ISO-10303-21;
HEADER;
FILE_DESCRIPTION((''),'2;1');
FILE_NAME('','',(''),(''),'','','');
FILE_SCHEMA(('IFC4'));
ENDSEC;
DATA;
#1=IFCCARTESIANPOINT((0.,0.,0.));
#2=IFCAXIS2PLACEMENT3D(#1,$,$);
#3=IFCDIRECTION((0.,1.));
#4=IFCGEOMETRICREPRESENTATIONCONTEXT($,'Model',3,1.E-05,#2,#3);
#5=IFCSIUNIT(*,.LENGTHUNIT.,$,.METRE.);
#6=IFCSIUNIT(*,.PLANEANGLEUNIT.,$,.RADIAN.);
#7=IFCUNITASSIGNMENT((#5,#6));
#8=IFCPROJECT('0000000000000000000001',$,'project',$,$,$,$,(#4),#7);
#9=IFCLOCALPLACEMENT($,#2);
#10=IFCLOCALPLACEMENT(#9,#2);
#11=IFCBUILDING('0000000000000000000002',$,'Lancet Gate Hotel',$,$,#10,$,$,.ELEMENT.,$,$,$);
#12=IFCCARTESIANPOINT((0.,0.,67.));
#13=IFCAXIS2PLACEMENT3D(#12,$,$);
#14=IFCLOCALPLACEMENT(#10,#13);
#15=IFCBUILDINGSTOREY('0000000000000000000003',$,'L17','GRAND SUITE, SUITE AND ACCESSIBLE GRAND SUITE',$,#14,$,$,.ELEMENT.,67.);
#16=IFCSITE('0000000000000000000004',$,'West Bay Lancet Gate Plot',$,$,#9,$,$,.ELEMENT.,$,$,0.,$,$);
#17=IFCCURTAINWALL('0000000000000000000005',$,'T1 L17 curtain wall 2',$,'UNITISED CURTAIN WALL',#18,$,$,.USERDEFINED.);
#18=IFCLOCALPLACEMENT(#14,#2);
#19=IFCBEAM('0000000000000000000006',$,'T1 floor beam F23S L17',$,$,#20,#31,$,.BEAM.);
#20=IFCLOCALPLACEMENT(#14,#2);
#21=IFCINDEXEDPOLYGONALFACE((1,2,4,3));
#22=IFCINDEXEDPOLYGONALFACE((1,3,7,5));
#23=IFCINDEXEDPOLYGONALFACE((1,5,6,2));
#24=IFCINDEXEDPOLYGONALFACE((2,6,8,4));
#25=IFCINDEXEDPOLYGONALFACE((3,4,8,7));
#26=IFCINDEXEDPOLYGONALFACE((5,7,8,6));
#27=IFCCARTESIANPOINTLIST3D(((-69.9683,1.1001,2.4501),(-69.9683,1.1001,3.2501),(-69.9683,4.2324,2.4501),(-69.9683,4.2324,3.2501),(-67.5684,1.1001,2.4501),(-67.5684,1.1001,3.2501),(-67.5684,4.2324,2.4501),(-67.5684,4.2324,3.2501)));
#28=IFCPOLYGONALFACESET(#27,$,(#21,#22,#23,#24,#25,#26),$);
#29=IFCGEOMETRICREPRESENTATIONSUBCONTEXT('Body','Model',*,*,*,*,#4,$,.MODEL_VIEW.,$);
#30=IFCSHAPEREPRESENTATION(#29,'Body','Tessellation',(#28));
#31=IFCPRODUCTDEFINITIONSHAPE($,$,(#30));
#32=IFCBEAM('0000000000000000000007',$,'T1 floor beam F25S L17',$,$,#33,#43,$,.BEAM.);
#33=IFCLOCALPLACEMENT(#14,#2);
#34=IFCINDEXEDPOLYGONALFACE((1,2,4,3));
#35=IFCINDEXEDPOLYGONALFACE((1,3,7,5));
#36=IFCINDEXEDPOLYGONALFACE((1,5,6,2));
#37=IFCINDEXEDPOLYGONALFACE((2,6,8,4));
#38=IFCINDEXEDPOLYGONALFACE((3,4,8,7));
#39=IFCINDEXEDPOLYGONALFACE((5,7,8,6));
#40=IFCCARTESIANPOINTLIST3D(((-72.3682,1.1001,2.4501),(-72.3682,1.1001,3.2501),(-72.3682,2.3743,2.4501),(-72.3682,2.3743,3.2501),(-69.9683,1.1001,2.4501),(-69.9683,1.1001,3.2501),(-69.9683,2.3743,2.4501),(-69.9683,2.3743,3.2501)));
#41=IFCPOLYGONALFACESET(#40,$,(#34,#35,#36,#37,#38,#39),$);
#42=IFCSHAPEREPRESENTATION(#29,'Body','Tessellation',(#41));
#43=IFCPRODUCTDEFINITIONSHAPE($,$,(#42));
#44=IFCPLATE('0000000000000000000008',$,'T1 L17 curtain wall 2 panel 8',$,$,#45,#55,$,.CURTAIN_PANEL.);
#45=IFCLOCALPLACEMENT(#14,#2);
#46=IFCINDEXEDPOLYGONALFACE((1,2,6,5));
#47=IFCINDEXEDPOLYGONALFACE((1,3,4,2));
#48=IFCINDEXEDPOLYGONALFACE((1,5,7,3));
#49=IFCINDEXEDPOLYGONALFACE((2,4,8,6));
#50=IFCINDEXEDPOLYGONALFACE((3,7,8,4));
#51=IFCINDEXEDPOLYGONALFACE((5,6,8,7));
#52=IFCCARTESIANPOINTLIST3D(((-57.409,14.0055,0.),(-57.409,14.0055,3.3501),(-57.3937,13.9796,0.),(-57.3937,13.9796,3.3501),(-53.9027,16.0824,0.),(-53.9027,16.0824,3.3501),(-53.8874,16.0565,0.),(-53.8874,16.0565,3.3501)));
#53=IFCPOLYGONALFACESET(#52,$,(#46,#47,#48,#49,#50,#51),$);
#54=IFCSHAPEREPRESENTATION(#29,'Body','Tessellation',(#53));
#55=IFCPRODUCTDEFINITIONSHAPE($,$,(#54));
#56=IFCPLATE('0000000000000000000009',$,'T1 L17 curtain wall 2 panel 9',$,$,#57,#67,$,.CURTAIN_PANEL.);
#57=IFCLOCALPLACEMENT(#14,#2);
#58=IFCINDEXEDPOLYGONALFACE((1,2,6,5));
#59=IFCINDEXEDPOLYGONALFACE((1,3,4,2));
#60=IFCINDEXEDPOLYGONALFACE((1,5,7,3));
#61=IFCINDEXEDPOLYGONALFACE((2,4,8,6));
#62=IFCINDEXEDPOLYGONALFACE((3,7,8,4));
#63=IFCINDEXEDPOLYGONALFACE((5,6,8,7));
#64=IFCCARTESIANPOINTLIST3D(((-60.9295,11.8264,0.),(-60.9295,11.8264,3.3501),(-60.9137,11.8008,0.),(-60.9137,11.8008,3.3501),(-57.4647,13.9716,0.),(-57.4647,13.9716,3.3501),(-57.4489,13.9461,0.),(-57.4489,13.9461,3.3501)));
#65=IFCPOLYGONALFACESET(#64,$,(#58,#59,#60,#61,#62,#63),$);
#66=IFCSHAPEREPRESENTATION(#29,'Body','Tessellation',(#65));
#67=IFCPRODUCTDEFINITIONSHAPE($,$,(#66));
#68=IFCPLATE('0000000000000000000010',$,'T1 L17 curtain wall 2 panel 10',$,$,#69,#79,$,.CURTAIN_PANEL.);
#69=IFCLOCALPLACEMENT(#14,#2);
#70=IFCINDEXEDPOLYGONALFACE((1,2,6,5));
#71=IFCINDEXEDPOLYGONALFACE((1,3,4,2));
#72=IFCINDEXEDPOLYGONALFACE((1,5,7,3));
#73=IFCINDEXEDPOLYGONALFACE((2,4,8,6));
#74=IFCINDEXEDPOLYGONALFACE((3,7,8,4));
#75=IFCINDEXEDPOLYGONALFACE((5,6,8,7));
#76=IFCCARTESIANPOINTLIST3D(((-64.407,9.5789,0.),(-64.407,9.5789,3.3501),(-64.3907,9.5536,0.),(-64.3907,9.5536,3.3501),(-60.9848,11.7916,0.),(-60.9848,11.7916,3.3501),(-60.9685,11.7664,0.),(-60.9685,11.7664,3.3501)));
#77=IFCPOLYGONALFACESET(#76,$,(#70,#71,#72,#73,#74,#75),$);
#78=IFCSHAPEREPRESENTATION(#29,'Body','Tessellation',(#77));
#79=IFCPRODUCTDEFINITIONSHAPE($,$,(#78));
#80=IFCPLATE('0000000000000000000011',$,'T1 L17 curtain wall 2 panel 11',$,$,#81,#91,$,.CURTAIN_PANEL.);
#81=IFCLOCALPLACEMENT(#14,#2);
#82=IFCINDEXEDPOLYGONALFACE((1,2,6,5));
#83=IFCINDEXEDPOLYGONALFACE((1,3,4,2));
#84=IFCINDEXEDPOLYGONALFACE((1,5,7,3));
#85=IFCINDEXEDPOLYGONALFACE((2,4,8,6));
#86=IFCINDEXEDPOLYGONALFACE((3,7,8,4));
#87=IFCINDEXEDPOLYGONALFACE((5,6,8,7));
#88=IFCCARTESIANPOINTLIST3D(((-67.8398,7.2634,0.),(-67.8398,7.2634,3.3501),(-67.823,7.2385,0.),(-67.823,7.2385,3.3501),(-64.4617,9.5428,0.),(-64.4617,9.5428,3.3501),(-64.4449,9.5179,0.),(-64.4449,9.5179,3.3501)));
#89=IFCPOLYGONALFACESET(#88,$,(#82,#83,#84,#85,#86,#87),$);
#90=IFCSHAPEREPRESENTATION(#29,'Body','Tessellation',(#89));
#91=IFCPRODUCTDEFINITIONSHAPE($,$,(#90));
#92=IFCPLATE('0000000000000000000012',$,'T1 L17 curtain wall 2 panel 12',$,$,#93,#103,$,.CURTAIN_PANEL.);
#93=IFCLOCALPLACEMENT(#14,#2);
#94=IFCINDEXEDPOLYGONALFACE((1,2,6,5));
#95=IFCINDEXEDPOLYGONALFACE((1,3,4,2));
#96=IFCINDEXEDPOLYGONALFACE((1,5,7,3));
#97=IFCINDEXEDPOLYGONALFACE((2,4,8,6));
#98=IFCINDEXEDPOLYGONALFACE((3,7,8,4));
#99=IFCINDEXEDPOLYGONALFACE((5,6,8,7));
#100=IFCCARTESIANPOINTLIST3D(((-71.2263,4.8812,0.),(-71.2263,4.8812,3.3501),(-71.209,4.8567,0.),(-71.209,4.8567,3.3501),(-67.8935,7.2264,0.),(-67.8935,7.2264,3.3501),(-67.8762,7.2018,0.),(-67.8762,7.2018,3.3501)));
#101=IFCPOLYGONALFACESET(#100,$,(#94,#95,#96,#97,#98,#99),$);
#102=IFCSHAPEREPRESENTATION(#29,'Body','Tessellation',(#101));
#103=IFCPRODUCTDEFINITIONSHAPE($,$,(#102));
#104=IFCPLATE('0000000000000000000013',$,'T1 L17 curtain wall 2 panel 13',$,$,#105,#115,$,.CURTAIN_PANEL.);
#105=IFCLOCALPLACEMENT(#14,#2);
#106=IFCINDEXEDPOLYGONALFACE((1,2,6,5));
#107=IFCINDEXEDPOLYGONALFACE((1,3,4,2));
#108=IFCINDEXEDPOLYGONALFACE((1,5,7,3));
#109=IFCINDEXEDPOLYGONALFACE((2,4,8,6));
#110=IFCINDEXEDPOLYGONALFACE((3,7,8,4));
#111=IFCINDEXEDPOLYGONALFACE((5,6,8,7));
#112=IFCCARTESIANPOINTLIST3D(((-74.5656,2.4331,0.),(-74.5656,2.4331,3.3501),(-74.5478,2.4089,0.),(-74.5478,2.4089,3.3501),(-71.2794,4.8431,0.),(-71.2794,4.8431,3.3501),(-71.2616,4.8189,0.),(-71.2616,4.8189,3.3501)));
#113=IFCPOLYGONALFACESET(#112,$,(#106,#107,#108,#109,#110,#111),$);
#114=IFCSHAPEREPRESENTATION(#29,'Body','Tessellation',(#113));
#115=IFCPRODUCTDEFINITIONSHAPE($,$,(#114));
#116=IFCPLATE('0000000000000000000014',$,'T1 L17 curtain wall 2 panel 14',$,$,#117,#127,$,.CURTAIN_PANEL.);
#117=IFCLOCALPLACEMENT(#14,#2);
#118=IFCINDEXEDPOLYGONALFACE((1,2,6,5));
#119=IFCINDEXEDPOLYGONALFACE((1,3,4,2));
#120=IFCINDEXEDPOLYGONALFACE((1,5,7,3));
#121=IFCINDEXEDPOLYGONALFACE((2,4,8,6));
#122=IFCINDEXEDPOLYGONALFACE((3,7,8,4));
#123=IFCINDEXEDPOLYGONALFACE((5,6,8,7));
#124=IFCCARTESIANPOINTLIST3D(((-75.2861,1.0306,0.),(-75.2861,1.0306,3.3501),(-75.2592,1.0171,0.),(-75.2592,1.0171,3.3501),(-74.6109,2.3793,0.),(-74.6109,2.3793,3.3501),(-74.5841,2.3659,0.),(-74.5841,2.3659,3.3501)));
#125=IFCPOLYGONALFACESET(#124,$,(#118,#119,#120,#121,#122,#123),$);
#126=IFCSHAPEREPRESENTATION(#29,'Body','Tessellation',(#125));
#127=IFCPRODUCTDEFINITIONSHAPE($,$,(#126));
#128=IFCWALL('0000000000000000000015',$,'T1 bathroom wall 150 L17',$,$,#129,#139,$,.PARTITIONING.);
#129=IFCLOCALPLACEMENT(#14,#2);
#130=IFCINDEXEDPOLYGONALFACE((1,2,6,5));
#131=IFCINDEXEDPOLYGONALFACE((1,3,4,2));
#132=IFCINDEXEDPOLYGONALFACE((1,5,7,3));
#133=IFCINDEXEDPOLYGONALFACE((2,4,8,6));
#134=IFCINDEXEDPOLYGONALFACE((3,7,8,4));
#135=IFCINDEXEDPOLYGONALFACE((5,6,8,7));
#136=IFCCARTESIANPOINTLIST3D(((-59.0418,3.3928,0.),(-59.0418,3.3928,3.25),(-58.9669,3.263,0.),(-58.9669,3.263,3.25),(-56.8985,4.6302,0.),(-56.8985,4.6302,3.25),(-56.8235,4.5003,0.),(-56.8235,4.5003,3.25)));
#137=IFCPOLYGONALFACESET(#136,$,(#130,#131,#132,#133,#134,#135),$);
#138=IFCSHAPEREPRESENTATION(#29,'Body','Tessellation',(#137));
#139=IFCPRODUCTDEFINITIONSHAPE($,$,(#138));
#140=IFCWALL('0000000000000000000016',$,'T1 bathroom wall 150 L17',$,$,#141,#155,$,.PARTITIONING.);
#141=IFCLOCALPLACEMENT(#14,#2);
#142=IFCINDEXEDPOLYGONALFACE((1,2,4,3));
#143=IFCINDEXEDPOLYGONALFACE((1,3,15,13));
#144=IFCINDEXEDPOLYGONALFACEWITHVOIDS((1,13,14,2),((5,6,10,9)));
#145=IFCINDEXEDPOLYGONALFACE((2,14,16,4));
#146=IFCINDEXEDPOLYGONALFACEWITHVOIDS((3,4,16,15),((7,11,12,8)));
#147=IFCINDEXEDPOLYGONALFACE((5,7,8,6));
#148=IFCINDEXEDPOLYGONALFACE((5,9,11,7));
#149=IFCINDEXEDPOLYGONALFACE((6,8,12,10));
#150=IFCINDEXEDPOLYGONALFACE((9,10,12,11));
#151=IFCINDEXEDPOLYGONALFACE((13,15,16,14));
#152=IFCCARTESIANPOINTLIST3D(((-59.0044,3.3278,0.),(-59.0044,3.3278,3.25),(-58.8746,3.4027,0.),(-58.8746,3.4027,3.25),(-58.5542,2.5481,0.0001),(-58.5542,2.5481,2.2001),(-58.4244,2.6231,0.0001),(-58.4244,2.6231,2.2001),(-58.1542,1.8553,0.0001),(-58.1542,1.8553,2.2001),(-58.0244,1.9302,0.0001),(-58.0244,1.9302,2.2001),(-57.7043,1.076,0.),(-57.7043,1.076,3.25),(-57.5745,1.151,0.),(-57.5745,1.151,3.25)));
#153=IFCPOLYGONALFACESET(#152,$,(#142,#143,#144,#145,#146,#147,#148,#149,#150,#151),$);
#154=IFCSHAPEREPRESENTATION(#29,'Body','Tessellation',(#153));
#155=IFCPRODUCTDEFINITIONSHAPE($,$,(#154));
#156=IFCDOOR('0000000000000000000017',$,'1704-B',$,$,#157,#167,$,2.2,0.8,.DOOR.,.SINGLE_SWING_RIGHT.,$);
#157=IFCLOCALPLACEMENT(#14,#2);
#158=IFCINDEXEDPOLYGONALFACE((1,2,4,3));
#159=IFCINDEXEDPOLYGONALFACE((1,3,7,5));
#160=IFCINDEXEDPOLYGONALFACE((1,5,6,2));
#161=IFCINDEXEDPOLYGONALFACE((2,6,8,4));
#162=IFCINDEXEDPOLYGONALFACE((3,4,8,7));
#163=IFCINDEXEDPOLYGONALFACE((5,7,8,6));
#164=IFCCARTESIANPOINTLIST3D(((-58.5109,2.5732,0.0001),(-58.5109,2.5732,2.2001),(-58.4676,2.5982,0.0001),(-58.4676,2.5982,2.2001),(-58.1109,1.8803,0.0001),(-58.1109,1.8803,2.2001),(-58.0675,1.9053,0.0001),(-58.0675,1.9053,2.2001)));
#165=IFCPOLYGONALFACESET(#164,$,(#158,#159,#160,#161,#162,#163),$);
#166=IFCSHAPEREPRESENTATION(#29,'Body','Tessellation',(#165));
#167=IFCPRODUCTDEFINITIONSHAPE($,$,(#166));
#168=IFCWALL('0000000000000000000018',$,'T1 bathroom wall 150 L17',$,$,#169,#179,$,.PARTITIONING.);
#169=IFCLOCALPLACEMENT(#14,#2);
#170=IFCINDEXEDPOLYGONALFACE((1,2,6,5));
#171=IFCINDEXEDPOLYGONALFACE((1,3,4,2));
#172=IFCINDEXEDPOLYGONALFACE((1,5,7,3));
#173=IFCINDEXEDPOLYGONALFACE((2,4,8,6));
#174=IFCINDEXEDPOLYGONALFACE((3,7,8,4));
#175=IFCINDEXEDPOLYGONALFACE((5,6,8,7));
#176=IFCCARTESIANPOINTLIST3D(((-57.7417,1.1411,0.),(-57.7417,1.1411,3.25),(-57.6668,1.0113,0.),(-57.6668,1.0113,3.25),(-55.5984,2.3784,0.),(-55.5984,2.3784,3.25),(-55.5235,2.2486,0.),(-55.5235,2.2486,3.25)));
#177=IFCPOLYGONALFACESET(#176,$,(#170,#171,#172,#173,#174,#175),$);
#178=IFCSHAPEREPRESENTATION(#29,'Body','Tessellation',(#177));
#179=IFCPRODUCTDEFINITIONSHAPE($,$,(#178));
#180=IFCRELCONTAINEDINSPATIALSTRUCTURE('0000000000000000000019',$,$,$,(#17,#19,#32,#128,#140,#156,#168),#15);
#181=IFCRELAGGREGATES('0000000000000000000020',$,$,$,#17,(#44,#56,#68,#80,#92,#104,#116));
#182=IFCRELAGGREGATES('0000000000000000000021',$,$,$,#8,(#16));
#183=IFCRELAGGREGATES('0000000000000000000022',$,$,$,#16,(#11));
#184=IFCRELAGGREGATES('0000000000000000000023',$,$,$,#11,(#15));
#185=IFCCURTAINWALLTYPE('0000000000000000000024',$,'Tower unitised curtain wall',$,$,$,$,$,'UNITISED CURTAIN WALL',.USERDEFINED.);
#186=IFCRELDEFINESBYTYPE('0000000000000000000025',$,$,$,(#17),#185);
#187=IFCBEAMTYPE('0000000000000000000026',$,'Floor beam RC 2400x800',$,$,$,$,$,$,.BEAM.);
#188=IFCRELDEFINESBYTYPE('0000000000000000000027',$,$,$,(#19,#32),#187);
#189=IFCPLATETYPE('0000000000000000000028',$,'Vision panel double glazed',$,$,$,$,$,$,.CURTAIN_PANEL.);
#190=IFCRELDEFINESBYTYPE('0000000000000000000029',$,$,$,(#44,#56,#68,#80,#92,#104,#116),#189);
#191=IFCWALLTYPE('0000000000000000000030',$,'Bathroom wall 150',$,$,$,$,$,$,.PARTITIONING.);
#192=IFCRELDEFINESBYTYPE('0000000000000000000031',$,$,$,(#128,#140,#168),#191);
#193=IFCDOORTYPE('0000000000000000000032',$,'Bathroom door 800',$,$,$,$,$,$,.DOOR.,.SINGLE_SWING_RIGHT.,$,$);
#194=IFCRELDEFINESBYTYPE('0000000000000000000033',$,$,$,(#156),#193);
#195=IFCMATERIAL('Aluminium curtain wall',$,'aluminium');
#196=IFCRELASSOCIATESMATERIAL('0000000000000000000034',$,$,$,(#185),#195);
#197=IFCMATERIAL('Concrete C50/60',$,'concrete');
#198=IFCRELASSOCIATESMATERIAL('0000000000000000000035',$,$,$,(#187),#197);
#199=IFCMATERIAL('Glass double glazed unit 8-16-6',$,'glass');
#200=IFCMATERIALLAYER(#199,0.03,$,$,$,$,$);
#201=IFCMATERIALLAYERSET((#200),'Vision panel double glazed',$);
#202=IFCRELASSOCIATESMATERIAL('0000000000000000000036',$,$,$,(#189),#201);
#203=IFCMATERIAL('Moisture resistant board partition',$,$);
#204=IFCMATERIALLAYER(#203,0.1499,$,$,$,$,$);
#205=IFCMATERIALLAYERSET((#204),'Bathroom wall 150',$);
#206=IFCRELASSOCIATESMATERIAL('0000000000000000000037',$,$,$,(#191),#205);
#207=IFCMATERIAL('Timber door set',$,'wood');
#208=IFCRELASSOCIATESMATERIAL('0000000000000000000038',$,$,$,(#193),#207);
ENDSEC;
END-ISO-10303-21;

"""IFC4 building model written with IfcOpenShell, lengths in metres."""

from ifc_helpers import new_model, si_unit, direction, frame, frame_2d, origin, origin_2d, place, context, subcontext, project, spatial, rectangle, extrude, material, layer, layer_set, material_profile, profile_set, type_object, element, fill, aggregate, save


model = new_model("IFC4")

# Units and contexts
model_context = context("Model", 3, precision=1e-05, world=origin(), true_north=direction((0.0, 1.0)))
body_context = subcontext(model_context, "Body", "Model", "MODEL_VIEW")
ifc_project = project(units=[si_unit("LENGTHUNIT", "METRE"), si_unit("PLANEANGLEUNIT", "RADIAN")], contexts=[model_context])

# Site, building, storey
site_placement = place(None, origin())
site = spatial("IfcSite", under=ifc_project, at=site_placement, Name="West Bay Lancet Gate Plot", CompositionType="ELEMENT", RefElevation=0.0)
building_placement = place(site_placement, origin())
building = spatial("IfcBuilding", under=site, at=building_placement, Name="Lancet Gate Hotel", CompositionType="ELEMENT")
storey_placement = place(building_placement, frame((0.0, 0.0, 67.0)))
storey = spatial("IfcBuildingStorey", under=building, at=storey_placement, Name="L17", Description="GRAND SUITE, SUITE AND ACCESSIBLE GRAND SUITE", CompositionType="ELEMENT", Elevation=67.0)

# Curtain wall
ifc_material_1 = material(Name="Aluminium curtain wall", Category="aluminium")
curtain_wall_type = type_object("IfcCurtainWallType", Name="Tower unitised curtain wall", ElementType="UNITISED CURTAIN WALL", PredefinedType="USERDEFINED", material=ifc_material_1)
curtain_wall_placement = place(storey_placement, origin())
curtain_wall = element("IfcCurtainWall", 1, at=curtain_wall_placement, inside=storey, type_object=curtain_wall_type, Name="T1 L17 curtain wall 2", ObjectType="UNITISED CURTAIN WALL", PredefinedType="USERDEFINED")

# Beams
ifc_material_2 = material(Name="Concrete C50/60", Category="concrete")
ifc_material_profile_1 = material_profile(ifc_material_2, rectangle(XDim=2.3999, YDim=0.8, at=origin_2d()), Name="RC 2400x800")
ifc_profile_set_1 = profile_set([ifc_material_profile_1], Name="Concrete C50/60")
beam_type_1 = type_object("IfcBeamType", Name="Floor beam RC 2400x800", PredefinedType="BEAM", material=ifc_profile_set_1)
beam_1_placement = place(storey_placement, frame((-68.7683, 4.2324, 2.8501), z_axis=(0.0, -1.0, 0.0), x_axis=(1.0, 0.0, 0.0)))
element("IfcBeam", 2, at=beam_1_placement, inside=storey, type_object=beam_type_1, Name="T1 floor beam F23S L17", PredefinedType="BEAM", context=body_context, shape_type="SweptSolid", body=[
    extrude(rectangle(XDim=2.3999, YDim=0.8, at=origin_2d()), origin(), (0.0, 0.0, 1.0), 3.1323),
])
beam_2_placement = place(storey_placement, frame((-71.1682, 2.3743, 2.8501), z_axis=(0.0, -1.0, 0.0), x_axis=(1.0, 0.0, 0.0)))
element("IfcBeam", 3, at=beam_2_placement, inside=storey, type_object=beam_type_1, Name="T1 floor beam F25S L17", PredefinedType="BEAM", context=body_context, shape_type="SweptSolid", body=[
    extrude(rectangle(XDim=2.3999, YDim=0.8, at=origin_2d()), origin(), (0.0, 0.0, 1.0), 1.2742),
])

# Plates
ifc_material_3 = material(Name="Glass double glazed unit 8-16-6", Category="glass")
ifc_layer_1 = layer(ifc_material_3, 0.03)
ifc_layer_set_1 = layer_set([ifc_layer_1], Name="Vision panel double glazed")
plate_type = type_object("IfcPlateType", Name="Vision panel double glazed", PredefinedType="CURTAIN_PANEL", material=ifc_layer_set_1)
plate_1_placement = place(storey_placement, frame((-55.6482, 15.031, 0.0), z_axis=(0.0, 0.0, 1.0), x_axis=(-0.860382, -0.50965, 0.0)))
plate_1 = element("IfcPlate", 4, at=plate_1_placement, type_object=plate_type, Name="T1 L17 curtain wall 2 panel 8", PredefinedType="CURTAIN_PANEL", context=body_context, shape_type="SweptSolid", body=[
    extrude(rectangle(XDim=4.0752, YDim=0.03, at=origin_2d()), origin(), (0.0, 0.0, 1.0), 3.3501),
])
plate_2_placement = place(storey_placement, frame((-59.1892, 12.8862, 0.0), z_axis=(0.0, 0.0, 1.0), x_axis=(-0.850229, -0.526414, 0.0)))
plate_2 = element("IfcPlate", 5, at=plate_2_placement, type_object=plate_type, Name="T1 L17 curtain wall 2 panel 9", PredefinedType="CURTAIN_PANEL", context=body_context, shape_type="SweptSolid", body=[
    extrude(rectangle(XDim=4.0752, YDim=0.03, at=origin_2d()), origin(), (0.0, 0.0, 1.0), 3.3501),
])
plate_3_placement = place(storey_placement, frame((-62.6877, 10.6726, 0.0), z_axis=(0.0, 0.0, 1.0), x_axis=(-0.839749, -0.542975, 0.0)))
plate_3 = element("IfcPlate", 6, at=plate_3_placement, type_object=plate_type, Name="T1 L17 curtain wall 2 panel 10", PredefinedType="CURTAIN_PANEL", context=body_context, shape_type="SweptSolid", body=[
    extrude(rectangle(XDim=4.0752, YDim=0.03, at=origin_2d()), origin(), (0.0, 0.0, 1.0), 3.3501),
])
plate_4_placement = place(storey_placement, frame((-66.1423, 8.3906, 0.0), z_axis=(0.0, 0.0, 1.0), x_axis=(-0.828946, -0.559329, 0.0)))
plate_4 = element("IfcPlate", 7, at=plate_4_placement, type_object=plate_type, Name="T1 L17 curtain wall 2 panel 11", PredefinedType="CURTAIN_PANEL", context=body_context, shape_type="SweptSolid", body=[
    extrude(rectangle(XDim=4.0752, YDim=0.03, at=origin_2d()), origin(), (0.0, 0.0, 1.0), 3.3501),
])
plate_5_placement = place(storey_placement, frame((-69.5513, 6.0415, 0.0), z_axis=(0.0, 0.0, 1.0), x_axis=(-0.817825, -0.575467, 0.0)))
plate_5 = element("IfcPlate", 8, at=plate_5_placement, type_object=plate_type, Name="T1 L17 curtain wall 2 panel 12", PredefinedType="CURTAIN_PANEL", context=body_context, shape_type="SweptSolid", body=[
    extrude(rectangle(XDim=4.0752, YDim=0.03, at=origin_2d()), origin(), (0.0, 0.0, 1.0), 3.3501),
])
plate_6_placement = place(storey_placement, frame((-72.9136, 3.626, 0.0), z_axis=(0.0, 0.0, 1.0), x_axis=(-0.80639, -0.591384, 0.0)))
plate_6 = element("IfcPlate", 9, at=plate_6_placement, type_object=plate_type, Name="T1 L17 curtain wall 2 panel 13", PredefinedType="CURTAIN_PANEL", context=body_context, shape_type="SweptSolid", body=[
    extrude(rectangle(XDim=4.0752, YDim=0.03, at=origin_2d()), origin(), (0.0, 0.0, 1.0), 3.3501),
])
plate_7_placement = place(storey_placement, frame((-74.9351, 1.6982, 0.0), z_axis=(0.0, 0.0, 1.0), x_axis=(-0.447628, -0.89422, 0.0)))
plate_7 = element("IfcPlate", 10, at=plate_7_placement, type_object=plate_type, Name="T1 L17 curtain wall 2 panel 14", PredefinedType="CURTAIN_PANEL", context=body_context, shape_type="SweptSolid", body=[
    extrude(rectangle(XDim=1.5083, YDim=0.03, at=origin_2d()), origin(), (0.0, 0.0, 1.0), 3.3501),
])
aggregate(curtain_wall, [plate_1, plate_2, plate_3, plate_4, plate_5, plate_6, plate_7])

# Wall
ifc_material_4 = material(Name="Moisture resistant board partition")
ifc_layer_2 = layer(ifc_material_4, 0.1499)
ifc_layer_set_2 = layer_set([ifc_layer_2], Name="Bathroom wall 150")
wall_type_1 = type_object("IfcWallType", Name="Bathroom wall 150", PredefinedType="PARTITIONING", material=ifc_layer_set_2)
wall_1_placement = place(storey_placement, frame((-56.8611, 4.5652, 0.0), z_axis=(0.0, 0.0, 1.0), x_axis=(-0.866049, -0.499959, 0.0)))
element("IfcWall", 11, at=wall_1_placement, inside=storey, type_object=wall_type_1, Name="T1 bathroom wall 150 L17", PredefinedType="PARTITIONING", context=body_context, shape_type="SweptSolid", body=[
    extrude(rectangle(XDim=2.4749, YDim=0.1499, at=frame_2d((1.2373, 0.0))), origin(), (0.0, 0.0, 1.0), 3.25),
])

# Wall, opening, door
wall_2_placement = place(storey_placement, frame((-57.6394, 1.1135, 0.0), z_axis=(0.0, 0.0, 1.0), x_axis=(-0.500007, 0.866021, 0.0)))
wall_2 = element("IfcWall", 12, at=wall_2_placement, inside=storey, type_object=wall_type_1, Name="T1 bathroom wall 150 L17", PredefinedType="PARTITIONING", context=body_context, shape_type="SweptSolid", body=[
    extrude(rectangle(XDim=2.6001, YDim=0.1499, at=frame_2d((1.3, 0.0))), origin(), (0.0, 0.0, 1.0), 3.25),
])
opening_placement = place(wall_2_placement, frame((0.8999, 0.0, 0.0)))
opening = element("IfcOpeningElement", 13, at=opening_placement, cuts=wall_2, PredefinedType="OPENING", context=body_context, shape_type="SweptSolid", body=[
    extrude(rectangle(XDim=0.8, YDim=2.2, at=frame_2d((0.3999, 1.1001))), frame((0.0, 0.085, 0.0), z_axis=(0.0, -1.0, 0.0), x_axis=(1.0, 0.0, 0.0)), (0.0, 0.0, 1.0), 0.1699),
])
ifc_material_5 = material(Name="Timber door set", Category="wood")
door_type = type_object("IfcDoorType", Name="Bathroom door 800", OperationType="SINGLE_SWING_RIGHT", PredefinedType="DOOR", material=ifc_material_5)
door_placement = place(opening_placement, origin())
door = element("IfcDoor", 14, at=door_placement, inside=storey, type_object=door_type, Name="1704-B", OperationType="SINGLE_SWING_RIGHT", OverallHeight=2.2, OverallWidth=0.8, PredefinedType="DOOR", context=body_context, shape_type="SweptSolid", body=[
    extrude(rectangle(XDim=0.8, YDim=2.2, at=frame_2d((0.3999, 1.1001))), frame((0.0, 0.0249, 0.0), z_axis=(0.0, -1.0, 0.0), x_axis=(1.0, 0.0, 0.0)), (0.0, 0.0, 1.0), 0.05),
])
fill(opening, door)

# Wall
wall_3_placement = place(storey_placement, frame((-55.561, 2.3135, 0.0), z_axis=(0.0, 0.0, 1.0), x_axis=(-0.866049, -0.499959, 0.0)))
element("IfcWall", 15, at=wall_3_placement, inside=storey, type_object=wall_type_1, Name="T1 bathroom wall 150 L17", PredefinedType="PARTITIONING", context=body_context, shape_type="SweptSolid", body=[
    extrude(rectangle(XDim=2.4749, YDim=0.1499, at=frame_2d((1.2373, 0.0))), origin(), (0.0, 0.0, 1.0), 3.25),
])

save(model, "model.ifc")
